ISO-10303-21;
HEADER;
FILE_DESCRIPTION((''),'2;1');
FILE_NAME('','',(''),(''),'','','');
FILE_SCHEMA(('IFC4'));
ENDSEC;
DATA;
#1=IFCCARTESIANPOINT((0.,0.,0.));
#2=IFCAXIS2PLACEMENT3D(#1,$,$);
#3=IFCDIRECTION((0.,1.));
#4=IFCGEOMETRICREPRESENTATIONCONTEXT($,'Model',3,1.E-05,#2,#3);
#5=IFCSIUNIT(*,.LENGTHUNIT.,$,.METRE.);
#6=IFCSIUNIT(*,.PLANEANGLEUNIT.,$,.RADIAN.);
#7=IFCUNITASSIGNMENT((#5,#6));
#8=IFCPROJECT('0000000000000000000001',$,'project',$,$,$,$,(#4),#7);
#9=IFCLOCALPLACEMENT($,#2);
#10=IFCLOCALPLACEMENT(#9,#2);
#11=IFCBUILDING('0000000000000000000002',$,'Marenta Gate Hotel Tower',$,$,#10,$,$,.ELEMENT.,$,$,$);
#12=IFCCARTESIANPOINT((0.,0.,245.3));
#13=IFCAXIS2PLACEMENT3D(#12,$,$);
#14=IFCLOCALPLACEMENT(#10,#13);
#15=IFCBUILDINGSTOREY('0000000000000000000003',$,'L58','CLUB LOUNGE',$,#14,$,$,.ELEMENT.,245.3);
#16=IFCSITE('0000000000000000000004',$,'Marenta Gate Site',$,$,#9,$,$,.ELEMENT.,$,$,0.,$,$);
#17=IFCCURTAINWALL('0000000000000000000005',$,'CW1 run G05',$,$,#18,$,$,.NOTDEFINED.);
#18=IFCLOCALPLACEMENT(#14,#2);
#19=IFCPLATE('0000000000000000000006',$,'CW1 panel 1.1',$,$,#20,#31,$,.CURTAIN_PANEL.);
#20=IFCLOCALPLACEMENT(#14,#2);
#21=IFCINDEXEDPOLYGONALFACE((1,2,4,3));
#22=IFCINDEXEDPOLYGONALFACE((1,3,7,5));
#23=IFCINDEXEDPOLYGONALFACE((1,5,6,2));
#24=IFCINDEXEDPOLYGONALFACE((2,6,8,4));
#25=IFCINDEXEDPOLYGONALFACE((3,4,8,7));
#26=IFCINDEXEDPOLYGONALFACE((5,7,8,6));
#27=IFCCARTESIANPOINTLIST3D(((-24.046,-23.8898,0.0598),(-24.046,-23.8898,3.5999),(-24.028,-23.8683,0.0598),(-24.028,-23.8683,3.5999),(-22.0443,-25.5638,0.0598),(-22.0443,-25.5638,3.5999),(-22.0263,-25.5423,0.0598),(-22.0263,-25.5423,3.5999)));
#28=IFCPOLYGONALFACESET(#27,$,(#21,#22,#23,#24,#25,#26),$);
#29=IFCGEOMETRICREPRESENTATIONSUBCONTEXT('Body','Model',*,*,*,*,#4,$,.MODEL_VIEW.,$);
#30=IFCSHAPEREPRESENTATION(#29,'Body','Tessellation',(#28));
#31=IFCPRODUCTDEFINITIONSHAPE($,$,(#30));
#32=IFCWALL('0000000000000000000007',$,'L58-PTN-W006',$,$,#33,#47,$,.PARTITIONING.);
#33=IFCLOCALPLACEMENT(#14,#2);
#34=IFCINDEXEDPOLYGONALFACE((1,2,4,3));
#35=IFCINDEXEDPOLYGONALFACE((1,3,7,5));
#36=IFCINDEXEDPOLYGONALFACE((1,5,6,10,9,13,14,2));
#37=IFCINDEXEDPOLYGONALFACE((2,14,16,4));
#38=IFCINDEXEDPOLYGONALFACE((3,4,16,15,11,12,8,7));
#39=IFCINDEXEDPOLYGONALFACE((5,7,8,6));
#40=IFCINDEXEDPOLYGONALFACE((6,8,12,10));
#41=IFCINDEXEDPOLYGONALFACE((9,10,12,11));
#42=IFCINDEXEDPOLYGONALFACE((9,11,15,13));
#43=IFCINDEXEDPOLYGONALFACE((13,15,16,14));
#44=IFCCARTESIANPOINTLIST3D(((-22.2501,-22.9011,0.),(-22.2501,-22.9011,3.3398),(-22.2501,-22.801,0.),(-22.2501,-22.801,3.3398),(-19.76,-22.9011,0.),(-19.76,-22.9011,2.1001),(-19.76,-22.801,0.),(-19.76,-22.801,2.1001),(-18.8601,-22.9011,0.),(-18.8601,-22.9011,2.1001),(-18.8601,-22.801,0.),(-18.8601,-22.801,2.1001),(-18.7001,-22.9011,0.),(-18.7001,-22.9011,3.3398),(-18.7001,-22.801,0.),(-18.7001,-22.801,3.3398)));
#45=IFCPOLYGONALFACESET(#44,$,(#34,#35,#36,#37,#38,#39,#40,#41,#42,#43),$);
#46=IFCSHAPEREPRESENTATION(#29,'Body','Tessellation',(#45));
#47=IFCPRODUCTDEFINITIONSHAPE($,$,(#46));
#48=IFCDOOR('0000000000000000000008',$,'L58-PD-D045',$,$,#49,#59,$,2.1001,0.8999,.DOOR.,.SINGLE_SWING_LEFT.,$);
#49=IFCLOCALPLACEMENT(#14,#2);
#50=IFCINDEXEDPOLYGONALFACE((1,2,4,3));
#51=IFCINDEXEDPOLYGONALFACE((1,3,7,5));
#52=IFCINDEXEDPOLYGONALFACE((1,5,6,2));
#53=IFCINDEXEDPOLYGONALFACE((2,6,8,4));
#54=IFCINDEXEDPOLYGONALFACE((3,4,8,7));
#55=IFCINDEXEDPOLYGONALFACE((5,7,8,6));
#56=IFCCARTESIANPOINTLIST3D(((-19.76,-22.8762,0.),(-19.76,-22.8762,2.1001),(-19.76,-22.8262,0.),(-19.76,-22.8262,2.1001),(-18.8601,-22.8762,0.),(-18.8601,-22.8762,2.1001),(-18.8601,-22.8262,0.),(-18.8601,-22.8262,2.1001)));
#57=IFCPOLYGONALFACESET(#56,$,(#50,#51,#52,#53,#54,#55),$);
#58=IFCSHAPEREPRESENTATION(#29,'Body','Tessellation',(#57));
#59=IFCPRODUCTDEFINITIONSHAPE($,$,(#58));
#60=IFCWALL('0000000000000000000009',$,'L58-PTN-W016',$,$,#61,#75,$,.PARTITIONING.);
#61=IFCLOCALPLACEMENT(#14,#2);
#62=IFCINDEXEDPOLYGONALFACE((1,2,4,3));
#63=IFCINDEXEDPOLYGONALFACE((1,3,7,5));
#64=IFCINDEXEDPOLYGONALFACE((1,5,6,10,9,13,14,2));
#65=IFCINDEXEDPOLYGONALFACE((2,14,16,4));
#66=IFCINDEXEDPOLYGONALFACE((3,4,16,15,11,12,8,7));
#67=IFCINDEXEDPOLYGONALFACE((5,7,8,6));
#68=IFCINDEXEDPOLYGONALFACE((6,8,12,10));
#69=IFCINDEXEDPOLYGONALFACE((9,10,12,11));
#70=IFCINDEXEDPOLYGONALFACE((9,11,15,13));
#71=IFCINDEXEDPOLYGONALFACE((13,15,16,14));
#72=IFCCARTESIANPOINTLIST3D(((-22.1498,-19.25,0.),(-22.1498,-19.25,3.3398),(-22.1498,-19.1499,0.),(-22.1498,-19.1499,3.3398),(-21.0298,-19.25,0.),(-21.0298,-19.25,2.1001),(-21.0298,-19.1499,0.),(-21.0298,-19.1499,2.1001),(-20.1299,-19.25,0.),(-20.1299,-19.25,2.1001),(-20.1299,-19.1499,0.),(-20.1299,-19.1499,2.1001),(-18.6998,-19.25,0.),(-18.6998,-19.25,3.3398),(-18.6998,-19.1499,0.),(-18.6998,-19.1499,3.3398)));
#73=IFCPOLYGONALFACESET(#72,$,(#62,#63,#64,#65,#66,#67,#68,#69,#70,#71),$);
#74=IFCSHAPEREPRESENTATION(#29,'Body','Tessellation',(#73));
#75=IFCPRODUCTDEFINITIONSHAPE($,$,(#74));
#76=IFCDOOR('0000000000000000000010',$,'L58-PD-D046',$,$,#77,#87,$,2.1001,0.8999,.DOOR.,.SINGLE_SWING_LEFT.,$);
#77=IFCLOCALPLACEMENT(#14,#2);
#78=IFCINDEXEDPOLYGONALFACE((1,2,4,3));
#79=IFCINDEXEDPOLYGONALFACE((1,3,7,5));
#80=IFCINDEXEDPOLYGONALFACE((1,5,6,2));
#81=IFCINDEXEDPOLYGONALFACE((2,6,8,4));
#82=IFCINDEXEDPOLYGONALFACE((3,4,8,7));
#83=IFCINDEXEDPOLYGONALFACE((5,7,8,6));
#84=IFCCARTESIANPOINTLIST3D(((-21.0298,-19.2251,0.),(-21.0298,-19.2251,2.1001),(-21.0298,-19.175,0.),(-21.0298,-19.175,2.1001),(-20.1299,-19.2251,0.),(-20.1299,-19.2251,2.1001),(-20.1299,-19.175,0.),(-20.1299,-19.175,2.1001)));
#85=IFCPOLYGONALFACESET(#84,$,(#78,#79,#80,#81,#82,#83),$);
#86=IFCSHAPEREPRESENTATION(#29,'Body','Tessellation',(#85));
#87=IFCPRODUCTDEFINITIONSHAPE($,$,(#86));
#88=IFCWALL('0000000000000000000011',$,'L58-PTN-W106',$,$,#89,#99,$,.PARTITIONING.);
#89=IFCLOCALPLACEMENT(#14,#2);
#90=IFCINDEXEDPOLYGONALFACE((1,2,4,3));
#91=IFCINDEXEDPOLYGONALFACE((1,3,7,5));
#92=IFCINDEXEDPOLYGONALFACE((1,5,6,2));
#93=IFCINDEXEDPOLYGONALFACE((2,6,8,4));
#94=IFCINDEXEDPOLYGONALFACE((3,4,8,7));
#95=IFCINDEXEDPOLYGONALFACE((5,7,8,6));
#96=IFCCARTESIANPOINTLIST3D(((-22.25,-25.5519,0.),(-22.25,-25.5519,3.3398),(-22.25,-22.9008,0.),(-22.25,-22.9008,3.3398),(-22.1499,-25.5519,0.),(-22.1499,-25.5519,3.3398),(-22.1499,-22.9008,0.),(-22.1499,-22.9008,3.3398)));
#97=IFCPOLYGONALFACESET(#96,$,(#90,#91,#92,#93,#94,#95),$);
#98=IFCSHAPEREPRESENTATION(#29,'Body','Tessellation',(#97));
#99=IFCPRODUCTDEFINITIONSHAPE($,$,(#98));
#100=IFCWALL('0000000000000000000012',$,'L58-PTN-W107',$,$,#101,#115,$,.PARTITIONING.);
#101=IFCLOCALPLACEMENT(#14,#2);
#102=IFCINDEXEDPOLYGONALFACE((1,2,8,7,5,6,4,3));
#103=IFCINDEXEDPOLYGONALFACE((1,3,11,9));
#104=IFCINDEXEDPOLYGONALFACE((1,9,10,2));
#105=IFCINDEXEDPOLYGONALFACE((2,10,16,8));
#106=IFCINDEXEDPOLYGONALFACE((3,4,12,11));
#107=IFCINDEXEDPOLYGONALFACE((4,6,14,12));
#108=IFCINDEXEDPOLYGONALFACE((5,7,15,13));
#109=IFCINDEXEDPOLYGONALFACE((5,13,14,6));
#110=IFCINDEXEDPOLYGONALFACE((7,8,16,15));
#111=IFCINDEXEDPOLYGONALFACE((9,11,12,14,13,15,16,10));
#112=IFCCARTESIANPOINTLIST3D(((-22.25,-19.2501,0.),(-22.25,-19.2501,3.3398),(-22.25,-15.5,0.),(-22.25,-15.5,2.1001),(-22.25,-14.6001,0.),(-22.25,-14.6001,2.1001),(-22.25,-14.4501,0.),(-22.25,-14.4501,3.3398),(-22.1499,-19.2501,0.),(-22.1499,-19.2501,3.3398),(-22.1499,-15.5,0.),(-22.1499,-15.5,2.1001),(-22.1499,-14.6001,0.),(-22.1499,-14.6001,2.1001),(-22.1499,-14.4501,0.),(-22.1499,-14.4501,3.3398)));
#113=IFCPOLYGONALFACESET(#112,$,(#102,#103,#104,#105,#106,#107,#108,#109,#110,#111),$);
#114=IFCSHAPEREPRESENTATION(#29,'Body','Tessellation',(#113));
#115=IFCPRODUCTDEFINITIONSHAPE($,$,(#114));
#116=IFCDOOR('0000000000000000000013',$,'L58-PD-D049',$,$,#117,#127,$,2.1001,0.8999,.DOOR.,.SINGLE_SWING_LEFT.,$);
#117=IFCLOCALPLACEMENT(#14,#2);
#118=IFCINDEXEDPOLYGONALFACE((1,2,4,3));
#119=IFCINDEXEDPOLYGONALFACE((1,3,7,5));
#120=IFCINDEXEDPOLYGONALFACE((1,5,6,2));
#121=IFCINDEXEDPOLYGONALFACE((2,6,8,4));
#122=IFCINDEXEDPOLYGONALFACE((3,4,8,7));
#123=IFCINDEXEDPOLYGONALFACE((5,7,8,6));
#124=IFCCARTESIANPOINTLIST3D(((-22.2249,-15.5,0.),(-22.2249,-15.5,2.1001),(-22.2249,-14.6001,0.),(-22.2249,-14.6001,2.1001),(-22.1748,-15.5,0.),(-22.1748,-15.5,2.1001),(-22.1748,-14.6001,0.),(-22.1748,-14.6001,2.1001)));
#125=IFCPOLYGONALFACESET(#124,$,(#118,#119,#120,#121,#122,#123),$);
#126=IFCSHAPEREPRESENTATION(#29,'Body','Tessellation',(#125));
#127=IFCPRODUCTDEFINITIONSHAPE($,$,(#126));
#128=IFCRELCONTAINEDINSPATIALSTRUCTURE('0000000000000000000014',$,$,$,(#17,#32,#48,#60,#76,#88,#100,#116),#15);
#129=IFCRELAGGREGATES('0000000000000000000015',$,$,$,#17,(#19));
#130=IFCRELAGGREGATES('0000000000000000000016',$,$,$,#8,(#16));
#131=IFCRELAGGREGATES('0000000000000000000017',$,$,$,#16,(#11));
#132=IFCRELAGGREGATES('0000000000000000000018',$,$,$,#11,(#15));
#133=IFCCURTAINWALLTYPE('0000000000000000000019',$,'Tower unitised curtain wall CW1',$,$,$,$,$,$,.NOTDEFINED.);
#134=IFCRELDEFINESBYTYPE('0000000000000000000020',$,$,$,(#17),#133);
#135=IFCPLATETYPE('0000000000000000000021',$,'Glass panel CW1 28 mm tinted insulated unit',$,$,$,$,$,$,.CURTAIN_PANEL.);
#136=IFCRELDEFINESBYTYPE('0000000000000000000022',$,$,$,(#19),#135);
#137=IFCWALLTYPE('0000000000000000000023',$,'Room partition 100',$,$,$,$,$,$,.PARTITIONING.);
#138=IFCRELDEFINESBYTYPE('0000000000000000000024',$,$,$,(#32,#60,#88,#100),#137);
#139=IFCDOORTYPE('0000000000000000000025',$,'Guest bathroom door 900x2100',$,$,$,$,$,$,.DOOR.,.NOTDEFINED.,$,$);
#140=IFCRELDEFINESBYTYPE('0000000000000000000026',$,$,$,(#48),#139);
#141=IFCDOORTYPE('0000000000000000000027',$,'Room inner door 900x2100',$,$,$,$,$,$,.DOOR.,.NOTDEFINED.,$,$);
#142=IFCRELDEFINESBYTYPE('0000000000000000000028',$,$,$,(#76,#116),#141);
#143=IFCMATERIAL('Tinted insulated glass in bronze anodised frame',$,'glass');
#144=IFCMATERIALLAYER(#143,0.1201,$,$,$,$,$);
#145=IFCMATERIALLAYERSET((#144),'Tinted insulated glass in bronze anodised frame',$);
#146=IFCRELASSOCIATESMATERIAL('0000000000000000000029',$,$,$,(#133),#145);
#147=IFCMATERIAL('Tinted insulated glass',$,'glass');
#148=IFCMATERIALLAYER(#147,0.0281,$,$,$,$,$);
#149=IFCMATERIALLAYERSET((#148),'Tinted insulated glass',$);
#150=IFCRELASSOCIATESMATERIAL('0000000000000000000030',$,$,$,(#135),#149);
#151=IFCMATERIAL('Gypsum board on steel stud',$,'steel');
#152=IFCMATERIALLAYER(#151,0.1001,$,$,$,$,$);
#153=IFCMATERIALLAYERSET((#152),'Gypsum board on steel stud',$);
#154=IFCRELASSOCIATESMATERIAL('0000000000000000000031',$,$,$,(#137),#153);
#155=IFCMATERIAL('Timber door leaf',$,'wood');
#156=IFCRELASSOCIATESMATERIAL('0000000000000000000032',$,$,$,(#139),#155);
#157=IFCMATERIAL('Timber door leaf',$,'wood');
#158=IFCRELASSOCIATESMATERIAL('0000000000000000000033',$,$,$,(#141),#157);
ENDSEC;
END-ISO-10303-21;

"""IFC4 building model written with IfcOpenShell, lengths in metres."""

from ifc_helpers import new_model, si_unit, direction, frame, frame_2d, origin, origin_2d, place, context, subcontext, project, spatial, rectangle, extrude, material, layer, layer_set, type_object, element, fill, aggregate, save


model = new_model("IFC4")

# Units and contexts
model_context = context("Model", 3, precision=1e-05, world=origin(), true_north=direction((0.0, 1.0)))
body_context = subcontext(model_context, "Body", "Model", "MODEL_VIEW")
ifc_project = project(units=[si_unit("LENGTHUNIT", "METRE"), si_unit("PLANEANGLEUNIT", "RADIAN")], contexts=[model_context])

# Site, building, storey
site_placement = place(None, origin())
site = spatial("IfcSite", under=ifc_project, at=site_placement, Name="Marenta Gate Site", CompositionType="ELEMENT", RefElevation=0.0)
building_placement = place(site_placement, origin())
building = spatial("IfcBuilding", under=site, at=building_placement, Name="Marenta Gate Hotel Tower", CompositionType="ELEMENT")
storey_placement = place(building_placement, frame((0.0, 0.0, 245.3)))
storey = spatial("IfcBuildingStorey", under=building, at=storey_placement, Name="L58", Description="CLUB LOUNGE", CompositionType="ELEMENT", Elevation=245.3)

# Curtain wall
ifc_material_1 = material(Name="Tinted insulated glass in bronze anodised frame", Category="glass")
ifc_layer_1 = layer(ifc_material_1, 0.1201)
ifc_layer_set_1 = layer_set([ifc_layer_1], Name="Tinted insulated glass in bronze anodised frame")
curtain_wall_type = type_object("IfcCurtainWallType", Name="Tower unitised curtain wall CW1", PredefinedType="NOTDEFINED", material=ifc_layer_set_1)
curtain_wall_1_placement = place(storey_placement, origin())
curtain_wall_1 = element("IfcCurtainWall", 1, at=curtain_wall_1_placement, inside=storey, type_object=curtain_wall_type, Name="CW1 run G05", PredefinedType="NOTDEFINED")

# Plate
ifc_material_2 = material(Name="Tinted insulated glass", Category="glass")
ifc_layer_2 = layer(ifc_material_2, 0.0281)
ifc_layer_set_2 = layer_set([ifc_layer_2], Name="Tinted insulated glass")
plate_type = type_object("IfcPlateType", Name="Glass panel CW1 28 mm tinted insulated unit", PredefinedType="CURTAIN_PANEL", material=ifc_layer_set_2)
plate_1_placement = place(storey_placement, frame((-23.0361, -24.7161, 0.0598), z_axis=(0.0, 0.0, 1.0), x_axis=(0.767102, -0.641525, 0.0)))
plate_1 = element("IfcPlate", 2, at=plate_1_placement, type_object=plate_type, Name="CW1 panel 1.1", PredefinedType="CURTAIN_PANEL", context=body_context, shape_type="SweptSolid", body=[
    extrude(rectangle(XDim=2.6094, YDim=0.0281, at=origin_2d()), origin(), (0.0, 0.0, 1.0), 3.54),
])
aggregate(curtain_wall_1, [plate_1])

# Walls, openings, doors
ifc_material_3 = material(Name="Gypsum board on steel stud", Category="steel")
ifc_layer_3 = layer(ifc_material_3, 0.1001)
ifc_layer_set_3 = layer_set([ifc_layer_3], Name="Gypsum board on steel stud")
wall_type = type_object("IfcWallType", Name="Room partition 100", PredefinedType="PARTITIONING", material=ifc_layer_set_3)
wall_1_placement = place(storey_placement, frame((-22.25, -22.8511, 0.0), z_axis=(0.0, 0.0, 1.0), x_axis=(1.0, 0.0, 0.0)))
wall_1 = element("IfcWall", 3, at=wall_1_placement, inside=storey, type_object=wall_type, Name="L58-PTN-W006", PredefinedType="PARTITIONING", context=body_context, shape_type="SweptSolid", body=[
    extrude(rectangle(XDim=3.55, YDim=0.1001, at=frame_2d((1.7749, 0.0))), origin(), (0.0, 0.0, 1.0), 3.3398),
])
opening_1_placement = place(wall_1_placement, frame((2.49, 0.0, 0.0)))
opening_1 = element("IfcOpeningElement", 4, at=opening_1_placement, cuts=wall_1, PredefinedType="OPENING", context=body_context, shape_type="SweptSolid", body=[
    extrude(rectangle(XDim=0.8999, YDim=2.1001, at=frame_2d((0.45, 1.05))), frame((0.0, 0.05, 0.0), z_axis=(0.0, -1.0, 0.0), x_axis=(1.0, 0.0, 0.0)), (0.0, 0.0, 1.0), 0.1001),
])
ifc_material_4 = material(Name="Timber door leaf", Category="wood")
door_type_1 = type_object("IfcDoorType", Name="Guest bathroom door 900x2100", OperationType="NOTDEFINED", PredefinedType="DOOR", material=ifc_material_4)
door_1_placement = place(opening_1_placement, origin())
door_1 = element("IfcDoor", 5, at=door_1_placement, inside=storey, type_object=door_type_1, Name="L58-PD-D045", OperationType="SINGLE_SWING_LEFT", OverallHeight=2.1001, OverallWidth=0.8999, PredefinedType="DOOR", context=body_context, shape_type="SweptSolid", body=[
    extrude(rectangle(XDim=0.8999, YDim=2.1001, at=frame_2d((0.45, 1.05))), frame((0.0, 0.0249, 0.0), z_axis=(0.0, -1.0, 0.0), x_axis=(1.0, 0.0, 0.0)), (0.0, 0.0, 1.0), 0.05),
])
fill(opening_1, door_1)
wall_2_placement = place(storey_placement, frame((-22.1499, -19.2, 0.0), z_axis=(0.0, 0.0, 1.0), x_axis=(1.0, 0.0, 0.0)))
wall_2 = element("IfcWall", 6, at=wall_2_placement, inside=storey, type_object=wall_type, Name="L58-PTN-W016", PredefinedType="PARTITIONING", context=body_context, shape_type="SweptSolid", body=[
    extrude(rectangle(XDim=3.45, YDim=0.1001, at=frame_2d((1.7251, 0.0))), origin(), (0.0, 0.0, 1.0), 3.3398),
])
opening_2_placement = place(wall_2_placement, frame((1.1201, 0.0, 0.0)))
opening_2 = element("IfcOpeningElement", 7, at=opening_2_placement, cuts=wall_2, PredefinedType="OPENING", context=body_context, shape_type="SweptSolid", body=[
    extrude(rectangle(XDim=0.8999, YDim=2.1001, at=frame_2d((0.45, 1.05))), frame((0.0, 0.05, 0.0), z_axis=(0.0, -1.0, 0.0), x_axis=(1.0, 0.0, 0.0)), (0.0, 0.0, 1.0), 0.1001),
])
ifc_material_5 = material(Name="Timber door leaf", Category="wood")
door_type_2 = type_object("IfcDoorType", Name="Room inner door 900x2100", OperationType="NOTDEFINED", PredefinedType="DOOR", material=ifc_material_5)
door_2_placement = place(opening_2_placement, origin())
door_2 = element("IfcDoor", 8, at=door_2_placement, inside=storey, type_object=door_type_2, Name="L58-PD-D046", OperationType="SINGLE_SWING_LEFT", OverallHeight=2.1001, OverallWidth=0.8999, PredefinedType="DOOR", context=body_context, shape_type="SweptSolid", body=[
    extrude(rectangle(XDim=0.8999, YDim=2.1001, at=frame_2d((0.45, 1.05))), frame((0.0, 0.0249, 0.0), z_axis=(0.0, -1.0, 0.0), x_axis=(1.0, 0.0, 0.0)), (0.0, 0.0, 1.0), 0.05),
])
fill(opening_2, door_2)

# Wall
wall_3_placement = place(storey_placement, frame((-22.2, -25.552, 0.0), z_axis=(0.0, 0.0, 1.0), x_axis=(0.0, 1.0, 0.0)))
element("IfcWall", 9, at=wall_3_placement, inside=storey, type_object=wall_type, Name="L58-PTN-W106", PredefinedType="PARTITIONING", context=body_context, shape_type="SweptSolid", body=[
    extrude(rectangle(XDim=2.6511, YDim=0.1001, at=frame_2d((1.3257, 0.0))), origin(), (0.0, 0.0, 1.0), 3.3398),
])

# Wall, opening, door
wall_4_placement = place(storey_placement, frame((-22.2, -19.25, 0.0), z_axis=(0.0, 0.0, 1.0), x_axis=(0.0, 1.0, 0.0)))
wall_4 = element("IfcWall", 10, at=wall_4_placement, inside=storey, type_object=wall_type, Name="L58-PTN-W107", PredefinedType="PARTITIONING", context=body_context, shape_type="SweptSolid", body=[
    extrude(rectangle(XDim=4.8, YDim=0.1001, at=frame_2d((2.3999, 0.0))), origin(), (0.0, 0.0, 1.0), 3.3398),
])
opening_3_placement = place(wall_4_placement, frame((3.75, 0.0, 0.0)))
opening_3 = element("IfcOpeningElement", 11, at=opening_3_placement, cuts=wall_4, PredefinedType="OPENING", context=body_context, shape_type="SweptSolid", body=[
    extrude(rectangle(XDim=0.8999, YDim=2.1001, at=frame_2d((0.45, 1.05))), frame((0.0, 0.05, 0.0), z_axis=(0.0, -1.0, 0.0), x_axis=(1.0, 0.0, 0.0)), (0.0, 0.0, 1.0), 0.1001),
])
door_3_placement = place(opening_3_placement, origin())
door_3 = element("IfcDoor", 12, at=door_3_placement, inside=storey, type_object=door_type_2, Name="L58-PD-D049", OperationType="SINGLE_SWING_LEFT", OverallHeight=2.1001, OverallWidth=0.8999, PredefinedType="DOOR", context=body_context, shape_type="SweptSolid", body=[
    extrude(rectangle(XDim=0.8999, YDim=2.1001, at=frame_2d((0.45, 1.05))), frame((0.0, 0.0249, 0.0), z_axis=(0.0, -1.0, 0.0), x_axis=(1.0, 0.0, 0.0)), (0.0, 0.0, 1.0), 0.05),
])
fill(opening_3, door_3)

save(model, "model.ifc")
